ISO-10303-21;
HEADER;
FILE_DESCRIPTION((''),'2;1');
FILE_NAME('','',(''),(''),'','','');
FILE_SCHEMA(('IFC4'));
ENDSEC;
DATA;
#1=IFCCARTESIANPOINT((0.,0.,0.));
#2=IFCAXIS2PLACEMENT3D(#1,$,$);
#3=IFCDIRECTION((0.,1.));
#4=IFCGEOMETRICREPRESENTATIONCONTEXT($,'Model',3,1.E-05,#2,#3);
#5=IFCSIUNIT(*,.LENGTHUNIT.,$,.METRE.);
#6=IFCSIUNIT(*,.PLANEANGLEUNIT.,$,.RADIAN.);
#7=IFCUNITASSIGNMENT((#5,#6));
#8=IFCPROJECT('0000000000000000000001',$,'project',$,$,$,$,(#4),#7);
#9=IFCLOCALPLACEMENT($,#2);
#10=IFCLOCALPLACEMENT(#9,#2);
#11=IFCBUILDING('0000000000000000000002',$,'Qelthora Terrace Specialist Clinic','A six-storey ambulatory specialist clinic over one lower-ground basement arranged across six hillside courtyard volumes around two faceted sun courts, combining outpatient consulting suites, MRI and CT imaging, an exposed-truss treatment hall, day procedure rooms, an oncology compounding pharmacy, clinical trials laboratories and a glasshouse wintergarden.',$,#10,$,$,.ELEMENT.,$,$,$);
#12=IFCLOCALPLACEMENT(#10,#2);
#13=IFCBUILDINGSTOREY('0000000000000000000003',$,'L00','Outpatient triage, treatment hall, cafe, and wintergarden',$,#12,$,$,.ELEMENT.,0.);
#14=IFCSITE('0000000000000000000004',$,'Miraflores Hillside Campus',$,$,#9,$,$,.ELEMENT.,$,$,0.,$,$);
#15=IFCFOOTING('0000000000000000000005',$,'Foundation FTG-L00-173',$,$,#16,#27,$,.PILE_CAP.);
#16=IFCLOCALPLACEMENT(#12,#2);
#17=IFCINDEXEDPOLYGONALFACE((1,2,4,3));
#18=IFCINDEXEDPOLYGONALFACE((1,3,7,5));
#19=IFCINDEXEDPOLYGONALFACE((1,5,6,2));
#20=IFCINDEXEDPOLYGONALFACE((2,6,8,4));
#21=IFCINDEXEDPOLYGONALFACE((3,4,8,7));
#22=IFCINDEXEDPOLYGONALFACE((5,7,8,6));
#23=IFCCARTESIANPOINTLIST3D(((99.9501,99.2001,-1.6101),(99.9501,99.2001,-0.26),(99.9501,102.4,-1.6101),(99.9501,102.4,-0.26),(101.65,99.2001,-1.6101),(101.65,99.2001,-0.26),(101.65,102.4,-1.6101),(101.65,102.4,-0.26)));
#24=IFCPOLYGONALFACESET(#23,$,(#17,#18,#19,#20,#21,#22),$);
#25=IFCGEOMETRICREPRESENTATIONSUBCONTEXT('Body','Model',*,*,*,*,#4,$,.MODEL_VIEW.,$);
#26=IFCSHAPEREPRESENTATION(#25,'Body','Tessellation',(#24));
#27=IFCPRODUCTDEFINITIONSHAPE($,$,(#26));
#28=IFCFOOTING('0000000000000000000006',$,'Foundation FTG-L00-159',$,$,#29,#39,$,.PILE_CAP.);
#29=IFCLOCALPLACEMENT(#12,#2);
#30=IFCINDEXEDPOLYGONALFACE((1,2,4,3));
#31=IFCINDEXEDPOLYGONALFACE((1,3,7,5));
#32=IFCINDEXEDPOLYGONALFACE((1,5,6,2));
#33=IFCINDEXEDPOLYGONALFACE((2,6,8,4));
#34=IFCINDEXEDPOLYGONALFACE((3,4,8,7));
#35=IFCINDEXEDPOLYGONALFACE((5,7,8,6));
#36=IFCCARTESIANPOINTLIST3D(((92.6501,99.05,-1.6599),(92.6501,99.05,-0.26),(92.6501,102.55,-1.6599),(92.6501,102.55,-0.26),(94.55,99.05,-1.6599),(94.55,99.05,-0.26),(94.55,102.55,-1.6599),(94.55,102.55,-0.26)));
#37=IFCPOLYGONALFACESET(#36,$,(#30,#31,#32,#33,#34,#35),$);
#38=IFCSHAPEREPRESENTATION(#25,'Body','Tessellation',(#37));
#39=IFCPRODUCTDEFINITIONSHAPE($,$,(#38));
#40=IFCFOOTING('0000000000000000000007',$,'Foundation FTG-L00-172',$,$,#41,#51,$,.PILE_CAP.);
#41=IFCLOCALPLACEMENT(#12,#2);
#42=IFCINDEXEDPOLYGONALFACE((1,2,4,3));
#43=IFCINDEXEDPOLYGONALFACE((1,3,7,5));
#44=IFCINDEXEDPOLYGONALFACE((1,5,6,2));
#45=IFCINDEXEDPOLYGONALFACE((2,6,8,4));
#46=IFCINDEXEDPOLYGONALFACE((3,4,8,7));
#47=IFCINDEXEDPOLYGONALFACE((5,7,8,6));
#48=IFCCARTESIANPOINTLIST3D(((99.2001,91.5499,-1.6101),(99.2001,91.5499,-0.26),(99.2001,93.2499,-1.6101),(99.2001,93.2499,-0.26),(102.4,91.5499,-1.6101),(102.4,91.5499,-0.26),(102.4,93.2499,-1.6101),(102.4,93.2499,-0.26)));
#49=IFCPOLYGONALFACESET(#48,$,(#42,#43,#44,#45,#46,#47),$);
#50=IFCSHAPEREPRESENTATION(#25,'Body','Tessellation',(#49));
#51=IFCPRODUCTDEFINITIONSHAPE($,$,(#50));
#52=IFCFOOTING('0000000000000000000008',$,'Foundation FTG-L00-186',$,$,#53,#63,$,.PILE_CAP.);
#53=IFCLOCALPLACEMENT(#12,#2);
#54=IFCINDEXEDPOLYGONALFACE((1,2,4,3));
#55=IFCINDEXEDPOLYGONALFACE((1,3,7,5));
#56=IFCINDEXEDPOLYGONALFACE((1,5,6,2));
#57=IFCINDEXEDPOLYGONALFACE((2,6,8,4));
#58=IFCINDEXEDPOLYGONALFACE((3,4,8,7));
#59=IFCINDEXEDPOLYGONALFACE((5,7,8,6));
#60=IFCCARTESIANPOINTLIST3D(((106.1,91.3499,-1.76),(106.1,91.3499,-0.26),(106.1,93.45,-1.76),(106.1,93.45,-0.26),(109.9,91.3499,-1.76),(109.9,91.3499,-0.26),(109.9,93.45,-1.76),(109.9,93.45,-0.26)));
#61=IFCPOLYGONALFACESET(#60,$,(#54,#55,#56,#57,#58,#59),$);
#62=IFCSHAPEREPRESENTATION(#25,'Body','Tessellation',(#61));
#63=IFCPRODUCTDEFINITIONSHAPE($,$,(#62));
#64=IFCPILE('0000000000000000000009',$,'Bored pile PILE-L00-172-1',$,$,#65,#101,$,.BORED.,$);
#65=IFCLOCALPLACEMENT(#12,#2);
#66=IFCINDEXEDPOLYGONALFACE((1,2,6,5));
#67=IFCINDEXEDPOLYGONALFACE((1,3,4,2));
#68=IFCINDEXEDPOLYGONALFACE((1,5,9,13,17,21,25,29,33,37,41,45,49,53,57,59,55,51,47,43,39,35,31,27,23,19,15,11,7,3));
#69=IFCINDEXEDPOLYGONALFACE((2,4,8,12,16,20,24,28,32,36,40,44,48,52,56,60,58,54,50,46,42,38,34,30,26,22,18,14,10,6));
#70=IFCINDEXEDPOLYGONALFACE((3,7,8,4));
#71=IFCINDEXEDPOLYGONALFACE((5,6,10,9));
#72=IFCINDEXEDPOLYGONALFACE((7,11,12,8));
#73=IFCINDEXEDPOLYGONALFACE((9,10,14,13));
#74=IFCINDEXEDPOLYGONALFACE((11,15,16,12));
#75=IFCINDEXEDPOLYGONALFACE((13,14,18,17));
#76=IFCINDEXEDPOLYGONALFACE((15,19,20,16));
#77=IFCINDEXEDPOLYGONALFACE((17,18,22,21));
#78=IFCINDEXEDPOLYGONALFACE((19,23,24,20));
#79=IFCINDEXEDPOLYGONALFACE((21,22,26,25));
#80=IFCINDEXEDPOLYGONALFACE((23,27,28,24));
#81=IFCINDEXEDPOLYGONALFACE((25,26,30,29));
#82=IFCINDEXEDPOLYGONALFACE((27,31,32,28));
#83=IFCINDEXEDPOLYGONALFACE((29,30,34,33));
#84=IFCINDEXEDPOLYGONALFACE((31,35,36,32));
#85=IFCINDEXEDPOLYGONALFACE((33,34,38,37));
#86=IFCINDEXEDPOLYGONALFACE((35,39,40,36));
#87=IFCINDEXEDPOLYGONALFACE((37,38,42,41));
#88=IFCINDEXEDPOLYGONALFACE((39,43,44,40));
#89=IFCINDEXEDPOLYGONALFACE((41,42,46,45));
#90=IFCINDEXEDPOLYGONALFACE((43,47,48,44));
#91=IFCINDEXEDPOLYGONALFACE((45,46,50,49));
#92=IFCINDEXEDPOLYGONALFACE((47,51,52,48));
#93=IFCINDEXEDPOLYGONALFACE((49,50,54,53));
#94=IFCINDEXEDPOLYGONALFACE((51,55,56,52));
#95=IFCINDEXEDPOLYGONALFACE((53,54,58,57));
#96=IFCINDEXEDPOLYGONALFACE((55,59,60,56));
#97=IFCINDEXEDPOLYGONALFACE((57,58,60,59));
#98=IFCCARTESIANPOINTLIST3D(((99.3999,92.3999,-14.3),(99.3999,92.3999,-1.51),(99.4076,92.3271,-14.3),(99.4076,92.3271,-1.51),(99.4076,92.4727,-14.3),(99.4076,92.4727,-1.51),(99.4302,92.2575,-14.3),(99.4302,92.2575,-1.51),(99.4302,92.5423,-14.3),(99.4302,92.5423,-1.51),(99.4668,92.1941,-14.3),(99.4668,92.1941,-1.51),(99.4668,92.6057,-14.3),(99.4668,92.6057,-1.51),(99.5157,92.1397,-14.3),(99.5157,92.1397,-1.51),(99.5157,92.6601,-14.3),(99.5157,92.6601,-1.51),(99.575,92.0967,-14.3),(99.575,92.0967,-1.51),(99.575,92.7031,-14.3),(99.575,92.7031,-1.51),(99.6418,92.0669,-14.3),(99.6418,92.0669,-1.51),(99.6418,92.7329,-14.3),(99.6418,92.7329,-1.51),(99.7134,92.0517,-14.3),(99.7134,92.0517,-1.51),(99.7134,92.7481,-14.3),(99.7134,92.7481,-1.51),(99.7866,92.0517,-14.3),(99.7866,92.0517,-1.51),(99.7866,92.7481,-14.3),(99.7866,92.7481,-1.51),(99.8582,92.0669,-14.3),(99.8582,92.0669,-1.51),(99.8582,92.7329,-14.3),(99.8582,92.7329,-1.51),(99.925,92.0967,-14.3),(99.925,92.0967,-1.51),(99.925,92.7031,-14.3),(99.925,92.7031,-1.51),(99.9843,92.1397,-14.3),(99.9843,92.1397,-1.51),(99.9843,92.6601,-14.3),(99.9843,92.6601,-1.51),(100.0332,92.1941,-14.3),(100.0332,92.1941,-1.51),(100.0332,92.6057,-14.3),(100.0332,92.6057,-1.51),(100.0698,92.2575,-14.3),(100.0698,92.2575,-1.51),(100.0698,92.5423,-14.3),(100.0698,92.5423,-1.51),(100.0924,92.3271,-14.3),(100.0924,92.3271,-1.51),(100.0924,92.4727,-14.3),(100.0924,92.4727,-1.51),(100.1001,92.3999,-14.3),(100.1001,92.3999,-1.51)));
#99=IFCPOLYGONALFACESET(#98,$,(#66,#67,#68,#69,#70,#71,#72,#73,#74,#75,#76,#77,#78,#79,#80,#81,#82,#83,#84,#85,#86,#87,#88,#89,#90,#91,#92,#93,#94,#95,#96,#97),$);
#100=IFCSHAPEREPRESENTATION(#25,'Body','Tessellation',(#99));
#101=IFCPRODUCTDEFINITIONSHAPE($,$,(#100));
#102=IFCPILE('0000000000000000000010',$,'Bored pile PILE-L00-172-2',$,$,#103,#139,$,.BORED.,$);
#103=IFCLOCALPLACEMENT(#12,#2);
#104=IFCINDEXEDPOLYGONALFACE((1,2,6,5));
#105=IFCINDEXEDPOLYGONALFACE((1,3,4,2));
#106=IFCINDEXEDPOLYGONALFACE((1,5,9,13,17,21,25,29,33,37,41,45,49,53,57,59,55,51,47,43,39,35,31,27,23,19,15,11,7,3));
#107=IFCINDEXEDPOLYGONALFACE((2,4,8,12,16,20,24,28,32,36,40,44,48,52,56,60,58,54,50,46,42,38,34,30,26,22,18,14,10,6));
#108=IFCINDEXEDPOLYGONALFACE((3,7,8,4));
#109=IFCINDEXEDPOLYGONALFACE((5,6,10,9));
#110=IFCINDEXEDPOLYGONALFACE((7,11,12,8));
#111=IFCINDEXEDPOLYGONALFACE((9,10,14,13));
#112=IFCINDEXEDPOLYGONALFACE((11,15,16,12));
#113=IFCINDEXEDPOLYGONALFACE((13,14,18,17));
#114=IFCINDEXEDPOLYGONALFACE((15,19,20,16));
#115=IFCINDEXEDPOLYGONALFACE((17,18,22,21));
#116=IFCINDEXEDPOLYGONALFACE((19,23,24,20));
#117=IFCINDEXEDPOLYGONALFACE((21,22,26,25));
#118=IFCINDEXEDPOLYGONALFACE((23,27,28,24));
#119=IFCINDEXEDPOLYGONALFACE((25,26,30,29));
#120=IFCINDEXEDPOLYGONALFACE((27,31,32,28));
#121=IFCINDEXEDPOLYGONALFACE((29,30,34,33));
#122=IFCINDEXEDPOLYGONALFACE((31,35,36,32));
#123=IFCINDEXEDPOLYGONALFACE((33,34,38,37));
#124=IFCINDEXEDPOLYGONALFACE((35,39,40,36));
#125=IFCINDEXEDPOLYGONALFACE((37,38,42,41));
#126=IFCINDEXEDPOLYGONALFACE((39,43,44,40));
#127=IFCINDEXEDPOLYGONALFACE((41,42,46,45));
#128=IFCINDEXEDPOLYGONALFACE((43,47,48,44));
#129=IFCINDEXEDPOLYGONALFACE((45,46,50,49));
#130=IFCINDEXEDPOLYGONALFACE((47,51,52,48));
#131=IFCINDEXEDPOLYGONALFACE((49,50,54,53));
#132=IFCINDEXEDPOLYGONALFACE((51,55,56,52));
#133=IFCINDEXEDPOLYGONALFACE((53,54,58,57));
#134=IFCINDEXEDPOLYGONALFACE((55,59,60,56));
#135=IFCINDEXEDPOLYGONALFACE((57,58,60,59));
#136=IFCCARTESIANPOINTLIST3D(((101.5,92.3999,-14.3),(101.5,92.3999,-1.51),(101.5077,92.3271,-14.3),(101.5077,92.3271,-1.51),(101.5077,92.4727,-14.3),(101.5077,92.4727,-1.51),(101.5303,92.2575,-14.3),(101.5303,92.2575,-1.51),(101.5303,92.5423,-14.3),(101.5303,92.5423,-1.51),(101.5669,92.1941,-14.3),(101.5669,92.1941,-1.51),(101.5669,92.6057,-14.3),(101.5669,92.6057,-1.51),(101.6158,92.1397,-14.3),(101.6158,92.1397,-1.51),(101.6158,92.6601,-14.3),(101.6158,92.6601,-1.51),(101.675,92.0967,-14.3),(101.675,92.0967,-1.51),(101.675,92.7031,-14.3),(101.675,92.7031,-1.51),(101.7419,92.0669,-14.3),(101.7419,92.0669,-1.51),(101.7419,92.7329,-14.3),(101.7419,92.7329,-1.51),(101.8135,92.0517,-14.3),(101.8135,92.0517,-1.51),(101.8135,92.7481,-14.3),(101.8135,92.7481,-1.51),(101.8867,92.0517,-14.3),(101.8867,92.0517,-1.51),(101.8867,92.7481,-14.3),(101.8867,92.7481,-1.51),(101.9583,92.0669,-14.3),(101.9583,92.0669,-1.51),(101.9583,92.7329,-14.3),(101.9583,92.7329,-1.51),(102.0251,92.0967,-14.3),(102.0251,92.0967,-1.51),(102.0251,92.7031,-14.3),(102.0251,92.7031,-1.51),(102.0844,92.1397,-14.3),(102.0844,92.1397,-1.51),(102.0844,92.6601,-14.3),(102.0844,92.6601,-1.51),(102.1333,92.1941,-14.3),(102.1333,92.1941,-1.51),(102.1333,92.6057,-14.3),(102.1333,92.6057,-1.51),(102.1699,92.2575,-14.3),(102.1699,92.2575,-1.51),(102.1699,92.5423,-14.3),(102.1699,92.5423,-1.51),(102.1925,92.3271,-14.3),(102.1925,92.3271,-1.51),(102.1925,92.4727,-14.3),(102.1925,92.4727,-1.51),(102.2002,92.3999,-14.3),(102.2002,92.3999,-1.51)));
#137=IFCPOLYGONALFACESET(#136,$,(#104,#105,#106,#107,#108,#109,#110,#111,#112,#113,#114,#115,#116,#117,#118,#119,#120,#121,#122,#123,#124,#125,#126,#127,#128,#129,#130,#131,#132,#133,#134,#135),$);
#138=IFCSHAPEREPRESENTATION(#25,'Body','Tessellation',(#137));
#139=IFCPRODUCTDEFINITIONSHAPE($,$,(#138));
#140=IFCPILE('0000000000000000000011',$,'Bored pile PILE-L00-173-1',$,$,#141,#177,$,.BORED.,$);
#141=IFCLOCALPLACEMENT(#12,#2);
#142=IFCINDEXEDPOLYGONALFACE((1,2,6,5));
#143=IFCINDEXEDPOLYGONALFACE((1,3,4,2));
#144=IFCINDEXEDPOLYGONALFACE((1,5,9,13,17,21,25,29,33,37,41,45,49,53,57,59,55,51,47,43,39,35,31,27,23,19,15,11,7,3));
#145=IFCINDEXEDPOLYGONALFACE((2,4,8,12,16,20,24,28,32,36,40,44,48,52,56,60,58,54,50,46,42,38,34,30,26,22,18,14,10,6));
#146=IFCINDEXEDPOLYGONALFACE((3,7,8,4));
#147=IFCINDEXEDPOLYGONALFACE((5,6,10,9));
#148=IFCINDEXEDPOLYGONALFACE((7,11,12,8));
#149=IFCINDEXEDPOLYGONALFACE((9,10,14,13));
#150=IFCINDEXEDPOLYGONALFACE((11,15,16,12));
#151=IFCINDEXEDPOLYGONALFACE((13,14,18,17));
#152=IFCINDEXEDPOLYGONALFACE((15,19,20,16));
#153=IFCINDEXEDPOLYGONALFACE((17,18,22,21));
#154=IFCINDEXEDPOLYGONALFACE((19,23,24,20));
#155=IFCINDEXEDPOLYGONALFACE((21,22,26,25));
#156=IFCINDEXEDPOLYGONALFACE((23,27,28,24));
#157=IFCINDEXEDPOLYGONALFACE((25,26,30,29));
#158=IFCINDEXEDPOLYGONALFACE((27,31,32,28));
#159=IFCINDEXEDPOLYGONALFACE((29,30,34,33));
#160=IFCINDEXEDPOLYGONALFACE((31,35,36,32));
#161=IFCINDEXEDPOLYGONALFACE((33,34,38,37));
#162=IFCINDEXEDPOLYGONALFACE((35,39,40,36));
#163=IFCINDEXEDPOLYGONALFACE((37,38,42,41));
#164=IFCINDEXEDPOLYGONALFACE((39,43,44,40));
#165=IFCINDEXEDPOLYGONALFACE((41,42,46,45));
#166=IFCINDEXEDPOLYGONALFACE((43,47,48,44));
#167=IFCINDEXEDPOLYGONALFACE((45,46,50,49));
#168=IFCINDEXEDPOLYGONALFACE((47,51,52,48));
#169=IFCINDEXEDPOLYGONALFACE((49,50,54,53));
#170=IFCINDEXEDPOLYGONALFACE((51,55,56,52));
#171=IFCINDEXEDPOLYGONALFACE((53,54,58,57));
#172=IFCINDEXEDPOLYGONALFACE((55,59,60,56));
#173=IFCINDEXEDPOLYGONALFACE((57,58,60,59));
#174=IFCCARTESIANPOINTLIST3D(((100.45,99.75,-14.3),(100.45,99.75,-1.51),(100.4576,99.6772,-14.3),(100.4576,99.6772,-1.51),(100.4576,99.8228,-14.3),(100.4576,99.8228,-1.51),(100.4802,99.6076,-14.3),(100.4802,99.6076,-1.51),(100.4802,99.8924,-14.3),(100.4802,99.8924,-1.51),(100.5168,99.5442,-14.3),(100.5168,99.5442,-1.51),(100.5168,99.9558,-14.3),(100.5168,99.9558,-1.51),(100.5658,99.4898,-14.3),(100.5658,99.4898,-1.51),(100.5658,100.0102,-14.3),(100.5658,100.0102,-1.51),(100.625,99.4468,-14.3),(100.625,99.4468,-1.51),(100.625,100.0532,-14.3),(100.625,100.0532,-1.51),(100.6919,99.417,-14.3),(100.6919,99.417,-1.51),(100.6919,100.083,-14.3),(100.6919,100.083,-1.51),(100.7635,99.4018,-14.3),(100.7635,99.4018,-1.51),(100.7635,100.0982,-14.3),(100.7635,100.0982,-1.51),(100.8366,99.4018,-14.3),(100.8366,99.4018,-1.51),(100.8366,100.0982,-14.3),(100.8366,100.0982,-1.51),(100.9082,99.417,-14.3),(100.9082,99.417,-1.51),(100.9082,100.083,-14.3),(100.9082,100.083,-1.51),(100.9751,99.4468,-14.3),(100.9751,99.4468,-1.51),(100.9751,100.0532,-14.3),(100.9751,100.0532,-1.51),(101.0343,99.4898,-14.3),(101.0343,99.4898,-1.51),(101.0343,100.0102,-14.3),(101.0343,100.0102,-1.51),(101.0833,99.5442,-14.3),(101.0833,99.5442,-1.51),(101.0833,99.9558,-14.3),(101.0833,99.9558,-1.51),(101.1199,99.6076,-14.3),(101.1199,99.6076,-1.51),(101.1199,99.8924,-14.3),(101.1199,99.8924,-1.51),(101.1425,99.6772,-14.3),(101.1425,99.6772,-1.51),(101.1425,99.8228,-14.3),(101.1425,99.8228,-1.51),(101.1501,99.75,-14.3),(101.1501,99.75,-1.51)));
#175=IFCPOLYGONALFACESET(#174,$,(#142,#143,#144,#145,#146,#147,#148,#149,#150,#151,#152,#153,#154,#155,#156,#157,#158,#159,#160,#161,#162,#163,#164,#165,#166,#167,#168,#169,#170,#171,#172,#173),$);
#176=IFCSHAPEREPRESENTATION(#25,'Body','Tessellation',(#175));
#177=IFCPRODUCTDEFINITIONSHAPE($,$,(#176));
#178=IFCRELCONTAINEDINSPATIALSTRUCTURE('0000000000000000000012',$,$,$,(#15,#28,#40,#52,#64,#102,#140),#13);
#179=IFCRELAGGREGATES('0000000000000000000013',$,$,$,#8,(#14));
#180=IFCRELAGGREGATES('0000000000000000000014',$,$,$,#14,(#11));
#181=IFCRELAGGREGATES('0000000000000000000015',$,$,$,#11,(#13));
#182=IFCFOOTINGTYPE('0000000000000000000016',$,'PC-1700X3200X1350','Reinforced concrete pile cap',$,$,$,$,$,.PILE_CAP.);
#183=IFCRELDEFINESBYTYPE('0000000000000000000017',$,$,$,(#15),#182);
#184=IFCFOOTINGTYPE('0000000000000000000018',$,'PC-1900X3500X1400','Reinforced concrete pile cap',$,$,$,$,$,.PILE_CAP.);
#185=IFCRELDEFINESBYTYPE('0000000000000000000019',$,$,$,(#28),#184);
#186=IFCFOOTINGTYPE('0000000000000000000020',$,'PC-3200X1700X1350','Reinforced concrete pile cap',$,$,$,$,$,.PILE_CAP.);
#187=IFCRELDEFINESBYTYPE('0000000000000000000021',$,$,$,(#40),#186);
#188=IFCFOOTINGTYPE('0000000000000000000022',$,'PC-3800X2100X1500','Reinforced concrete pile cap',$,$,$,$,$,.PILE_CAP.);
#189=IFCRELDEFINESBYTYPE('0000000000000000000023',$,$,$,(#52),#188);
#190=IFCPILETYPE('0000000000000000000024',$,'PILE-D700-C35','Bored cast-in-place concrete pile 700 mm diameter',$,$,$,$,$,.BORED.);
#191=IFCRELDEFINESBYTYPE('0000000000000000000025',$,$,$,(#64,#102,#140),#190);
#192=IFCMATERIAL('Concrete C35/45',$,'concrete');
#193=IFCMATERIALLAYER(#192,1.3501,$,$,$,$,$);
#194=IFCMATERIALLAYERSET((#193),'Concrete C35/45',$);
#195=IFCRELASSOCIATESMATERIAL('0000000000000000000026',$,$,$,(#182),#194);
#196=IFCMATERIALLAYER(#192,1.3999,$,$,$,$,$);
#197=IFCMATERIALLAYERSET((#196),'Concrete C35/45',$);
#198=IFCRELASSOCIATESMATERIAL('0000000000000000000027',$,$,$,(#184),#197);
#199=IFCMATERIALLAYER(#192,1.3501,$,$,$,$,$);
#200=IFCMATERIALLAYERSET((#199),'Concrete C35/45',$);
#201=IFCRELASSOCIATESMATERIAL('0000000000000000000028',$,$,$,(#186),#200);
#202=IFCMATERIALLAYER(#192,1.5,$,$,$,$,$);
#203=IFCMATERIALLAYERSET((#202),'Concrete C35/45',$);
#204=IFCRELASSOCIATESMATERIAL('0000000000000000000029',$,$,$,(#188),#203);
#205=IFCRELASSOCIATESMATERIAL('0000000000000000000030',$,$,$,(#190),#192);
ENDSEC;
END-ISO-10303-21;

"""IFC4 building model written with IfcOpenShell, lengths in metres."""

from ifc_helpers import new_model, si_unit, direction, frame, origin, origin_2d, place, context, subcontext, project, spatial, rectangle, circle, extrude, material, layer, layer_set, material_profile, profile_set, type_object, element, save


model = new_model("IFC4")

# Units and contexts
model_context = context("Model", 3, precision=1e-05, world=origin(), true_north=direction((0.0, 1.0)))
body_context = subcontext(model_context, "Body", "Model", "MODEL_VIEW")
ifc_project = project(units=[si_unit("LENGTHUNIT", "METRE"), si_unit("PLANEANGLEUNIT", "RADIAN")], contexts=[model_context])

# Site, building, storey
site_placement = place(None, origin())
site = spatial("IfcSite", under=ifc_project, at=site_placement, Name="Miraflores Hillside Campus", CompositionType="ELEMENT", RefElevation=0.0)
building_placement = place(site_placement, origin())
building = spatial("IfcBuilding", under=site, at=building_placement, Name="Qelthora Terrace Specialist Clinic", Description="A six-storey ambulatory specialist clinic over one lower-ground basement arranged across six hillside courtyard volumes around two faceted sun courts, combining outpatient consulting suites, MRI and CT imaging, an exposed-truss treatment hall, day procedure rooms, an oncology compounding pharmacy, clinical trials laboratories and a glasshouse wintergarden.", CompositionType="ELEMENT")
storey_placement = place(building_placement, origin())
storey = spatial("IfcBuildingStorey", under=building, at=storey_placement, Name="L00", Description="Outpatient triage, treatment hall, cafe, and wintergarden", CompositionType="ELEMENT", Elevation=0.0)

# Footings
ifc_material_1 = material(Name="Concrete C35/45", Category="concrete")
ifc_layer_1 = layer(ifc_material_1, 1.3501)
ifc_layer_set_1 = layer_set([ifc_layer_1], Name="Concrete C35/45")
footing_type_1 = type_object("IfcFootingType", Name="PC-1700X3200X1350", Description="Reinforced concrete pile cap", PredefinedType="PILE_CAP", material=ifc_layer_set_1)
footing_1_placement = place(storey_placement, frame((100.8, 100.8, -1.6101), z_axis=(0.0, 0.0, 1.0), x_axis=(1.0, 0.0, 0.0)))
element("IfcFooting", 1, at=footing_1_placement, inside=storey, type_object=footing_type_1, Name="Foundation FTG-L00-173", PredefinedType="PILE_CAP", context=body_context, shape_type="SweptSolid", body=[
    extrude(rectangle(XDim=1.7, YDim=3.2, at=origin_2d()), origin(), (0.0, 0.0, 1.0), 1.3501),
])
ifc_layer_2 = layer(ifc_material_1, 1.3999)
ifc_layer_set_2 = layer_set([ifc_layer_2], Name="Concrete C35/45")
footing_type_2 = type_object("IfcFootingType", Name="PC-1900X3500X1400", Description="Reinforced concrete pile cap", PredefinedType="PILE_CAP", material=ifc_layer_set_2)
footing_2_placement = place(storey_placement, frame((93.6001, 100.8, -1.6599), z_axis=(0.0, 0.0, 1.0), x_axis=(1.0, 0.0, 0.0)))
element("IfcFooting", 2, at=footing_2_placement, inside=storey, type_object=footing_type_2, Name="Foundation FTG-L00-159", PredefinedType="PILE_CAP", context=body_context, shape_type="SweptSolid", body=[
    extrude(rectangle(XDim=1.8999, YDim=3.5, at=origin_2d()), origin(), (0.0, 0.0, 1.0), 1.3999),
])
ifc_layer_3 = layer(ifc_material_1, 1.3501)
ifc_layer_set_3 = layer_set([ifc_layer_3], Name="Concrete C35/45")
footing_type_3 = type_object("IfcFootingType", Name="PC-3200X1700X1350", Description="Reinforced concrete pile cap", PredefinedType="PILE_CAP", material=ifc_layer_set_3)
footing_3_placement = place(storey_placement, frame((100.8, 92.3999, -1.6101), z_axis=(0.0, 0.0, 1.0), x_axis=(1.0, 0.0, 0.0)))
element("IfcFooting", 3, at=footing_3_placement, inside=storey, type_object=footing_type_3, Name="Foundation FTG-L00-172", PredefinedType="PILE_CAP", context=body_context, shape_type="SweptSolid", body=[
    extrude(rectangle(XDim=3.2, YDim=1.7, at=origin_2d()), origin(), (0.0, 0.0, 1.0), 1.3501),
])
ifc_layer_4 = layer(ifc_material_1, 1.5)
ifc_layer_set_4 = layer_set([ifc_layer_4], Name="Concrete C35/45")
footing_type_4 = type_object("IfcFootingType", Name="PC-3800X2100X1500", Description="Reinforced concrete pile cap", PredefinedType="PILE_CAP", material=ifc_layer_set_4)
footing_4_placement = place(storey_placement, frame((108.0, 92.3999, -1.76), z_axis=(0.0, 0.0, 1.0), x_axis=(1.0, 0.0, 0.0)))
element("IfcFooting", 4, at=footing_4_placement, inside=storey, type_object=footing_type_4, Name="Foundation FTG-L00-186", PredefinedType="PILE_CAP", context=body_context, shape_type="SweptSolid", body=[
    extrude(rectangle(XDim=3.8, YDim=2.1001, at=origin_2d()), origin(), (0.0, 0.0, 1.0), 1.5),
])

# Piles
ifc_material_profile_1 = material_profile(ifc_material_1, circle(Radius=0.3501, at=origin_2d()), Name="PILE700")
ifc_profile_set_1 = profile_set([ifc_material_profile_1], Name="Concrete C35/45")
pile_type_1 = type_object("IfcPileType", Name="PILE-D700-C35", Description="Bored cast-in-place concrete pile 700 mm diameter", PredefinedType="BORED", material=ifc_profile_set_1)
for number, where, z_axis, x_axis, name in (
    (5, (99.75, 92.3999, -1.51), (0.0, 0.0, -1.0), (1.0, 0.0, 0.0), "Bored pile PILE-L00-172-1"),
    (6, (101.8501, 92.3999, -1.51), (0.0, 0.0, -1.0), (1.0, 0.0, 0.0), "Bored pile PILE-L00-172-2"),
    (7, (100.8, 99.75, -1.51), (0.0, 0.0, -1.0), (1.0, 0.0, 0.0), "Bored pile PILE-L00-173-1"),
):
    element("IfcPile", number, at=place(storey_placement, frame(where, z_axis=z_axis, x_axis=x_axis)), inside=storey, type_object=pile_type_1, Name=name, PredefinedType="BORED", context=body_context, shape_type="SweptSolid", body=[
        extrude(circle(Radius=0.3501, at=origin_2d()), origin(), (0.0, 0.0, 1.0), 12.79),
    ])

save(model, "model.ifc")
